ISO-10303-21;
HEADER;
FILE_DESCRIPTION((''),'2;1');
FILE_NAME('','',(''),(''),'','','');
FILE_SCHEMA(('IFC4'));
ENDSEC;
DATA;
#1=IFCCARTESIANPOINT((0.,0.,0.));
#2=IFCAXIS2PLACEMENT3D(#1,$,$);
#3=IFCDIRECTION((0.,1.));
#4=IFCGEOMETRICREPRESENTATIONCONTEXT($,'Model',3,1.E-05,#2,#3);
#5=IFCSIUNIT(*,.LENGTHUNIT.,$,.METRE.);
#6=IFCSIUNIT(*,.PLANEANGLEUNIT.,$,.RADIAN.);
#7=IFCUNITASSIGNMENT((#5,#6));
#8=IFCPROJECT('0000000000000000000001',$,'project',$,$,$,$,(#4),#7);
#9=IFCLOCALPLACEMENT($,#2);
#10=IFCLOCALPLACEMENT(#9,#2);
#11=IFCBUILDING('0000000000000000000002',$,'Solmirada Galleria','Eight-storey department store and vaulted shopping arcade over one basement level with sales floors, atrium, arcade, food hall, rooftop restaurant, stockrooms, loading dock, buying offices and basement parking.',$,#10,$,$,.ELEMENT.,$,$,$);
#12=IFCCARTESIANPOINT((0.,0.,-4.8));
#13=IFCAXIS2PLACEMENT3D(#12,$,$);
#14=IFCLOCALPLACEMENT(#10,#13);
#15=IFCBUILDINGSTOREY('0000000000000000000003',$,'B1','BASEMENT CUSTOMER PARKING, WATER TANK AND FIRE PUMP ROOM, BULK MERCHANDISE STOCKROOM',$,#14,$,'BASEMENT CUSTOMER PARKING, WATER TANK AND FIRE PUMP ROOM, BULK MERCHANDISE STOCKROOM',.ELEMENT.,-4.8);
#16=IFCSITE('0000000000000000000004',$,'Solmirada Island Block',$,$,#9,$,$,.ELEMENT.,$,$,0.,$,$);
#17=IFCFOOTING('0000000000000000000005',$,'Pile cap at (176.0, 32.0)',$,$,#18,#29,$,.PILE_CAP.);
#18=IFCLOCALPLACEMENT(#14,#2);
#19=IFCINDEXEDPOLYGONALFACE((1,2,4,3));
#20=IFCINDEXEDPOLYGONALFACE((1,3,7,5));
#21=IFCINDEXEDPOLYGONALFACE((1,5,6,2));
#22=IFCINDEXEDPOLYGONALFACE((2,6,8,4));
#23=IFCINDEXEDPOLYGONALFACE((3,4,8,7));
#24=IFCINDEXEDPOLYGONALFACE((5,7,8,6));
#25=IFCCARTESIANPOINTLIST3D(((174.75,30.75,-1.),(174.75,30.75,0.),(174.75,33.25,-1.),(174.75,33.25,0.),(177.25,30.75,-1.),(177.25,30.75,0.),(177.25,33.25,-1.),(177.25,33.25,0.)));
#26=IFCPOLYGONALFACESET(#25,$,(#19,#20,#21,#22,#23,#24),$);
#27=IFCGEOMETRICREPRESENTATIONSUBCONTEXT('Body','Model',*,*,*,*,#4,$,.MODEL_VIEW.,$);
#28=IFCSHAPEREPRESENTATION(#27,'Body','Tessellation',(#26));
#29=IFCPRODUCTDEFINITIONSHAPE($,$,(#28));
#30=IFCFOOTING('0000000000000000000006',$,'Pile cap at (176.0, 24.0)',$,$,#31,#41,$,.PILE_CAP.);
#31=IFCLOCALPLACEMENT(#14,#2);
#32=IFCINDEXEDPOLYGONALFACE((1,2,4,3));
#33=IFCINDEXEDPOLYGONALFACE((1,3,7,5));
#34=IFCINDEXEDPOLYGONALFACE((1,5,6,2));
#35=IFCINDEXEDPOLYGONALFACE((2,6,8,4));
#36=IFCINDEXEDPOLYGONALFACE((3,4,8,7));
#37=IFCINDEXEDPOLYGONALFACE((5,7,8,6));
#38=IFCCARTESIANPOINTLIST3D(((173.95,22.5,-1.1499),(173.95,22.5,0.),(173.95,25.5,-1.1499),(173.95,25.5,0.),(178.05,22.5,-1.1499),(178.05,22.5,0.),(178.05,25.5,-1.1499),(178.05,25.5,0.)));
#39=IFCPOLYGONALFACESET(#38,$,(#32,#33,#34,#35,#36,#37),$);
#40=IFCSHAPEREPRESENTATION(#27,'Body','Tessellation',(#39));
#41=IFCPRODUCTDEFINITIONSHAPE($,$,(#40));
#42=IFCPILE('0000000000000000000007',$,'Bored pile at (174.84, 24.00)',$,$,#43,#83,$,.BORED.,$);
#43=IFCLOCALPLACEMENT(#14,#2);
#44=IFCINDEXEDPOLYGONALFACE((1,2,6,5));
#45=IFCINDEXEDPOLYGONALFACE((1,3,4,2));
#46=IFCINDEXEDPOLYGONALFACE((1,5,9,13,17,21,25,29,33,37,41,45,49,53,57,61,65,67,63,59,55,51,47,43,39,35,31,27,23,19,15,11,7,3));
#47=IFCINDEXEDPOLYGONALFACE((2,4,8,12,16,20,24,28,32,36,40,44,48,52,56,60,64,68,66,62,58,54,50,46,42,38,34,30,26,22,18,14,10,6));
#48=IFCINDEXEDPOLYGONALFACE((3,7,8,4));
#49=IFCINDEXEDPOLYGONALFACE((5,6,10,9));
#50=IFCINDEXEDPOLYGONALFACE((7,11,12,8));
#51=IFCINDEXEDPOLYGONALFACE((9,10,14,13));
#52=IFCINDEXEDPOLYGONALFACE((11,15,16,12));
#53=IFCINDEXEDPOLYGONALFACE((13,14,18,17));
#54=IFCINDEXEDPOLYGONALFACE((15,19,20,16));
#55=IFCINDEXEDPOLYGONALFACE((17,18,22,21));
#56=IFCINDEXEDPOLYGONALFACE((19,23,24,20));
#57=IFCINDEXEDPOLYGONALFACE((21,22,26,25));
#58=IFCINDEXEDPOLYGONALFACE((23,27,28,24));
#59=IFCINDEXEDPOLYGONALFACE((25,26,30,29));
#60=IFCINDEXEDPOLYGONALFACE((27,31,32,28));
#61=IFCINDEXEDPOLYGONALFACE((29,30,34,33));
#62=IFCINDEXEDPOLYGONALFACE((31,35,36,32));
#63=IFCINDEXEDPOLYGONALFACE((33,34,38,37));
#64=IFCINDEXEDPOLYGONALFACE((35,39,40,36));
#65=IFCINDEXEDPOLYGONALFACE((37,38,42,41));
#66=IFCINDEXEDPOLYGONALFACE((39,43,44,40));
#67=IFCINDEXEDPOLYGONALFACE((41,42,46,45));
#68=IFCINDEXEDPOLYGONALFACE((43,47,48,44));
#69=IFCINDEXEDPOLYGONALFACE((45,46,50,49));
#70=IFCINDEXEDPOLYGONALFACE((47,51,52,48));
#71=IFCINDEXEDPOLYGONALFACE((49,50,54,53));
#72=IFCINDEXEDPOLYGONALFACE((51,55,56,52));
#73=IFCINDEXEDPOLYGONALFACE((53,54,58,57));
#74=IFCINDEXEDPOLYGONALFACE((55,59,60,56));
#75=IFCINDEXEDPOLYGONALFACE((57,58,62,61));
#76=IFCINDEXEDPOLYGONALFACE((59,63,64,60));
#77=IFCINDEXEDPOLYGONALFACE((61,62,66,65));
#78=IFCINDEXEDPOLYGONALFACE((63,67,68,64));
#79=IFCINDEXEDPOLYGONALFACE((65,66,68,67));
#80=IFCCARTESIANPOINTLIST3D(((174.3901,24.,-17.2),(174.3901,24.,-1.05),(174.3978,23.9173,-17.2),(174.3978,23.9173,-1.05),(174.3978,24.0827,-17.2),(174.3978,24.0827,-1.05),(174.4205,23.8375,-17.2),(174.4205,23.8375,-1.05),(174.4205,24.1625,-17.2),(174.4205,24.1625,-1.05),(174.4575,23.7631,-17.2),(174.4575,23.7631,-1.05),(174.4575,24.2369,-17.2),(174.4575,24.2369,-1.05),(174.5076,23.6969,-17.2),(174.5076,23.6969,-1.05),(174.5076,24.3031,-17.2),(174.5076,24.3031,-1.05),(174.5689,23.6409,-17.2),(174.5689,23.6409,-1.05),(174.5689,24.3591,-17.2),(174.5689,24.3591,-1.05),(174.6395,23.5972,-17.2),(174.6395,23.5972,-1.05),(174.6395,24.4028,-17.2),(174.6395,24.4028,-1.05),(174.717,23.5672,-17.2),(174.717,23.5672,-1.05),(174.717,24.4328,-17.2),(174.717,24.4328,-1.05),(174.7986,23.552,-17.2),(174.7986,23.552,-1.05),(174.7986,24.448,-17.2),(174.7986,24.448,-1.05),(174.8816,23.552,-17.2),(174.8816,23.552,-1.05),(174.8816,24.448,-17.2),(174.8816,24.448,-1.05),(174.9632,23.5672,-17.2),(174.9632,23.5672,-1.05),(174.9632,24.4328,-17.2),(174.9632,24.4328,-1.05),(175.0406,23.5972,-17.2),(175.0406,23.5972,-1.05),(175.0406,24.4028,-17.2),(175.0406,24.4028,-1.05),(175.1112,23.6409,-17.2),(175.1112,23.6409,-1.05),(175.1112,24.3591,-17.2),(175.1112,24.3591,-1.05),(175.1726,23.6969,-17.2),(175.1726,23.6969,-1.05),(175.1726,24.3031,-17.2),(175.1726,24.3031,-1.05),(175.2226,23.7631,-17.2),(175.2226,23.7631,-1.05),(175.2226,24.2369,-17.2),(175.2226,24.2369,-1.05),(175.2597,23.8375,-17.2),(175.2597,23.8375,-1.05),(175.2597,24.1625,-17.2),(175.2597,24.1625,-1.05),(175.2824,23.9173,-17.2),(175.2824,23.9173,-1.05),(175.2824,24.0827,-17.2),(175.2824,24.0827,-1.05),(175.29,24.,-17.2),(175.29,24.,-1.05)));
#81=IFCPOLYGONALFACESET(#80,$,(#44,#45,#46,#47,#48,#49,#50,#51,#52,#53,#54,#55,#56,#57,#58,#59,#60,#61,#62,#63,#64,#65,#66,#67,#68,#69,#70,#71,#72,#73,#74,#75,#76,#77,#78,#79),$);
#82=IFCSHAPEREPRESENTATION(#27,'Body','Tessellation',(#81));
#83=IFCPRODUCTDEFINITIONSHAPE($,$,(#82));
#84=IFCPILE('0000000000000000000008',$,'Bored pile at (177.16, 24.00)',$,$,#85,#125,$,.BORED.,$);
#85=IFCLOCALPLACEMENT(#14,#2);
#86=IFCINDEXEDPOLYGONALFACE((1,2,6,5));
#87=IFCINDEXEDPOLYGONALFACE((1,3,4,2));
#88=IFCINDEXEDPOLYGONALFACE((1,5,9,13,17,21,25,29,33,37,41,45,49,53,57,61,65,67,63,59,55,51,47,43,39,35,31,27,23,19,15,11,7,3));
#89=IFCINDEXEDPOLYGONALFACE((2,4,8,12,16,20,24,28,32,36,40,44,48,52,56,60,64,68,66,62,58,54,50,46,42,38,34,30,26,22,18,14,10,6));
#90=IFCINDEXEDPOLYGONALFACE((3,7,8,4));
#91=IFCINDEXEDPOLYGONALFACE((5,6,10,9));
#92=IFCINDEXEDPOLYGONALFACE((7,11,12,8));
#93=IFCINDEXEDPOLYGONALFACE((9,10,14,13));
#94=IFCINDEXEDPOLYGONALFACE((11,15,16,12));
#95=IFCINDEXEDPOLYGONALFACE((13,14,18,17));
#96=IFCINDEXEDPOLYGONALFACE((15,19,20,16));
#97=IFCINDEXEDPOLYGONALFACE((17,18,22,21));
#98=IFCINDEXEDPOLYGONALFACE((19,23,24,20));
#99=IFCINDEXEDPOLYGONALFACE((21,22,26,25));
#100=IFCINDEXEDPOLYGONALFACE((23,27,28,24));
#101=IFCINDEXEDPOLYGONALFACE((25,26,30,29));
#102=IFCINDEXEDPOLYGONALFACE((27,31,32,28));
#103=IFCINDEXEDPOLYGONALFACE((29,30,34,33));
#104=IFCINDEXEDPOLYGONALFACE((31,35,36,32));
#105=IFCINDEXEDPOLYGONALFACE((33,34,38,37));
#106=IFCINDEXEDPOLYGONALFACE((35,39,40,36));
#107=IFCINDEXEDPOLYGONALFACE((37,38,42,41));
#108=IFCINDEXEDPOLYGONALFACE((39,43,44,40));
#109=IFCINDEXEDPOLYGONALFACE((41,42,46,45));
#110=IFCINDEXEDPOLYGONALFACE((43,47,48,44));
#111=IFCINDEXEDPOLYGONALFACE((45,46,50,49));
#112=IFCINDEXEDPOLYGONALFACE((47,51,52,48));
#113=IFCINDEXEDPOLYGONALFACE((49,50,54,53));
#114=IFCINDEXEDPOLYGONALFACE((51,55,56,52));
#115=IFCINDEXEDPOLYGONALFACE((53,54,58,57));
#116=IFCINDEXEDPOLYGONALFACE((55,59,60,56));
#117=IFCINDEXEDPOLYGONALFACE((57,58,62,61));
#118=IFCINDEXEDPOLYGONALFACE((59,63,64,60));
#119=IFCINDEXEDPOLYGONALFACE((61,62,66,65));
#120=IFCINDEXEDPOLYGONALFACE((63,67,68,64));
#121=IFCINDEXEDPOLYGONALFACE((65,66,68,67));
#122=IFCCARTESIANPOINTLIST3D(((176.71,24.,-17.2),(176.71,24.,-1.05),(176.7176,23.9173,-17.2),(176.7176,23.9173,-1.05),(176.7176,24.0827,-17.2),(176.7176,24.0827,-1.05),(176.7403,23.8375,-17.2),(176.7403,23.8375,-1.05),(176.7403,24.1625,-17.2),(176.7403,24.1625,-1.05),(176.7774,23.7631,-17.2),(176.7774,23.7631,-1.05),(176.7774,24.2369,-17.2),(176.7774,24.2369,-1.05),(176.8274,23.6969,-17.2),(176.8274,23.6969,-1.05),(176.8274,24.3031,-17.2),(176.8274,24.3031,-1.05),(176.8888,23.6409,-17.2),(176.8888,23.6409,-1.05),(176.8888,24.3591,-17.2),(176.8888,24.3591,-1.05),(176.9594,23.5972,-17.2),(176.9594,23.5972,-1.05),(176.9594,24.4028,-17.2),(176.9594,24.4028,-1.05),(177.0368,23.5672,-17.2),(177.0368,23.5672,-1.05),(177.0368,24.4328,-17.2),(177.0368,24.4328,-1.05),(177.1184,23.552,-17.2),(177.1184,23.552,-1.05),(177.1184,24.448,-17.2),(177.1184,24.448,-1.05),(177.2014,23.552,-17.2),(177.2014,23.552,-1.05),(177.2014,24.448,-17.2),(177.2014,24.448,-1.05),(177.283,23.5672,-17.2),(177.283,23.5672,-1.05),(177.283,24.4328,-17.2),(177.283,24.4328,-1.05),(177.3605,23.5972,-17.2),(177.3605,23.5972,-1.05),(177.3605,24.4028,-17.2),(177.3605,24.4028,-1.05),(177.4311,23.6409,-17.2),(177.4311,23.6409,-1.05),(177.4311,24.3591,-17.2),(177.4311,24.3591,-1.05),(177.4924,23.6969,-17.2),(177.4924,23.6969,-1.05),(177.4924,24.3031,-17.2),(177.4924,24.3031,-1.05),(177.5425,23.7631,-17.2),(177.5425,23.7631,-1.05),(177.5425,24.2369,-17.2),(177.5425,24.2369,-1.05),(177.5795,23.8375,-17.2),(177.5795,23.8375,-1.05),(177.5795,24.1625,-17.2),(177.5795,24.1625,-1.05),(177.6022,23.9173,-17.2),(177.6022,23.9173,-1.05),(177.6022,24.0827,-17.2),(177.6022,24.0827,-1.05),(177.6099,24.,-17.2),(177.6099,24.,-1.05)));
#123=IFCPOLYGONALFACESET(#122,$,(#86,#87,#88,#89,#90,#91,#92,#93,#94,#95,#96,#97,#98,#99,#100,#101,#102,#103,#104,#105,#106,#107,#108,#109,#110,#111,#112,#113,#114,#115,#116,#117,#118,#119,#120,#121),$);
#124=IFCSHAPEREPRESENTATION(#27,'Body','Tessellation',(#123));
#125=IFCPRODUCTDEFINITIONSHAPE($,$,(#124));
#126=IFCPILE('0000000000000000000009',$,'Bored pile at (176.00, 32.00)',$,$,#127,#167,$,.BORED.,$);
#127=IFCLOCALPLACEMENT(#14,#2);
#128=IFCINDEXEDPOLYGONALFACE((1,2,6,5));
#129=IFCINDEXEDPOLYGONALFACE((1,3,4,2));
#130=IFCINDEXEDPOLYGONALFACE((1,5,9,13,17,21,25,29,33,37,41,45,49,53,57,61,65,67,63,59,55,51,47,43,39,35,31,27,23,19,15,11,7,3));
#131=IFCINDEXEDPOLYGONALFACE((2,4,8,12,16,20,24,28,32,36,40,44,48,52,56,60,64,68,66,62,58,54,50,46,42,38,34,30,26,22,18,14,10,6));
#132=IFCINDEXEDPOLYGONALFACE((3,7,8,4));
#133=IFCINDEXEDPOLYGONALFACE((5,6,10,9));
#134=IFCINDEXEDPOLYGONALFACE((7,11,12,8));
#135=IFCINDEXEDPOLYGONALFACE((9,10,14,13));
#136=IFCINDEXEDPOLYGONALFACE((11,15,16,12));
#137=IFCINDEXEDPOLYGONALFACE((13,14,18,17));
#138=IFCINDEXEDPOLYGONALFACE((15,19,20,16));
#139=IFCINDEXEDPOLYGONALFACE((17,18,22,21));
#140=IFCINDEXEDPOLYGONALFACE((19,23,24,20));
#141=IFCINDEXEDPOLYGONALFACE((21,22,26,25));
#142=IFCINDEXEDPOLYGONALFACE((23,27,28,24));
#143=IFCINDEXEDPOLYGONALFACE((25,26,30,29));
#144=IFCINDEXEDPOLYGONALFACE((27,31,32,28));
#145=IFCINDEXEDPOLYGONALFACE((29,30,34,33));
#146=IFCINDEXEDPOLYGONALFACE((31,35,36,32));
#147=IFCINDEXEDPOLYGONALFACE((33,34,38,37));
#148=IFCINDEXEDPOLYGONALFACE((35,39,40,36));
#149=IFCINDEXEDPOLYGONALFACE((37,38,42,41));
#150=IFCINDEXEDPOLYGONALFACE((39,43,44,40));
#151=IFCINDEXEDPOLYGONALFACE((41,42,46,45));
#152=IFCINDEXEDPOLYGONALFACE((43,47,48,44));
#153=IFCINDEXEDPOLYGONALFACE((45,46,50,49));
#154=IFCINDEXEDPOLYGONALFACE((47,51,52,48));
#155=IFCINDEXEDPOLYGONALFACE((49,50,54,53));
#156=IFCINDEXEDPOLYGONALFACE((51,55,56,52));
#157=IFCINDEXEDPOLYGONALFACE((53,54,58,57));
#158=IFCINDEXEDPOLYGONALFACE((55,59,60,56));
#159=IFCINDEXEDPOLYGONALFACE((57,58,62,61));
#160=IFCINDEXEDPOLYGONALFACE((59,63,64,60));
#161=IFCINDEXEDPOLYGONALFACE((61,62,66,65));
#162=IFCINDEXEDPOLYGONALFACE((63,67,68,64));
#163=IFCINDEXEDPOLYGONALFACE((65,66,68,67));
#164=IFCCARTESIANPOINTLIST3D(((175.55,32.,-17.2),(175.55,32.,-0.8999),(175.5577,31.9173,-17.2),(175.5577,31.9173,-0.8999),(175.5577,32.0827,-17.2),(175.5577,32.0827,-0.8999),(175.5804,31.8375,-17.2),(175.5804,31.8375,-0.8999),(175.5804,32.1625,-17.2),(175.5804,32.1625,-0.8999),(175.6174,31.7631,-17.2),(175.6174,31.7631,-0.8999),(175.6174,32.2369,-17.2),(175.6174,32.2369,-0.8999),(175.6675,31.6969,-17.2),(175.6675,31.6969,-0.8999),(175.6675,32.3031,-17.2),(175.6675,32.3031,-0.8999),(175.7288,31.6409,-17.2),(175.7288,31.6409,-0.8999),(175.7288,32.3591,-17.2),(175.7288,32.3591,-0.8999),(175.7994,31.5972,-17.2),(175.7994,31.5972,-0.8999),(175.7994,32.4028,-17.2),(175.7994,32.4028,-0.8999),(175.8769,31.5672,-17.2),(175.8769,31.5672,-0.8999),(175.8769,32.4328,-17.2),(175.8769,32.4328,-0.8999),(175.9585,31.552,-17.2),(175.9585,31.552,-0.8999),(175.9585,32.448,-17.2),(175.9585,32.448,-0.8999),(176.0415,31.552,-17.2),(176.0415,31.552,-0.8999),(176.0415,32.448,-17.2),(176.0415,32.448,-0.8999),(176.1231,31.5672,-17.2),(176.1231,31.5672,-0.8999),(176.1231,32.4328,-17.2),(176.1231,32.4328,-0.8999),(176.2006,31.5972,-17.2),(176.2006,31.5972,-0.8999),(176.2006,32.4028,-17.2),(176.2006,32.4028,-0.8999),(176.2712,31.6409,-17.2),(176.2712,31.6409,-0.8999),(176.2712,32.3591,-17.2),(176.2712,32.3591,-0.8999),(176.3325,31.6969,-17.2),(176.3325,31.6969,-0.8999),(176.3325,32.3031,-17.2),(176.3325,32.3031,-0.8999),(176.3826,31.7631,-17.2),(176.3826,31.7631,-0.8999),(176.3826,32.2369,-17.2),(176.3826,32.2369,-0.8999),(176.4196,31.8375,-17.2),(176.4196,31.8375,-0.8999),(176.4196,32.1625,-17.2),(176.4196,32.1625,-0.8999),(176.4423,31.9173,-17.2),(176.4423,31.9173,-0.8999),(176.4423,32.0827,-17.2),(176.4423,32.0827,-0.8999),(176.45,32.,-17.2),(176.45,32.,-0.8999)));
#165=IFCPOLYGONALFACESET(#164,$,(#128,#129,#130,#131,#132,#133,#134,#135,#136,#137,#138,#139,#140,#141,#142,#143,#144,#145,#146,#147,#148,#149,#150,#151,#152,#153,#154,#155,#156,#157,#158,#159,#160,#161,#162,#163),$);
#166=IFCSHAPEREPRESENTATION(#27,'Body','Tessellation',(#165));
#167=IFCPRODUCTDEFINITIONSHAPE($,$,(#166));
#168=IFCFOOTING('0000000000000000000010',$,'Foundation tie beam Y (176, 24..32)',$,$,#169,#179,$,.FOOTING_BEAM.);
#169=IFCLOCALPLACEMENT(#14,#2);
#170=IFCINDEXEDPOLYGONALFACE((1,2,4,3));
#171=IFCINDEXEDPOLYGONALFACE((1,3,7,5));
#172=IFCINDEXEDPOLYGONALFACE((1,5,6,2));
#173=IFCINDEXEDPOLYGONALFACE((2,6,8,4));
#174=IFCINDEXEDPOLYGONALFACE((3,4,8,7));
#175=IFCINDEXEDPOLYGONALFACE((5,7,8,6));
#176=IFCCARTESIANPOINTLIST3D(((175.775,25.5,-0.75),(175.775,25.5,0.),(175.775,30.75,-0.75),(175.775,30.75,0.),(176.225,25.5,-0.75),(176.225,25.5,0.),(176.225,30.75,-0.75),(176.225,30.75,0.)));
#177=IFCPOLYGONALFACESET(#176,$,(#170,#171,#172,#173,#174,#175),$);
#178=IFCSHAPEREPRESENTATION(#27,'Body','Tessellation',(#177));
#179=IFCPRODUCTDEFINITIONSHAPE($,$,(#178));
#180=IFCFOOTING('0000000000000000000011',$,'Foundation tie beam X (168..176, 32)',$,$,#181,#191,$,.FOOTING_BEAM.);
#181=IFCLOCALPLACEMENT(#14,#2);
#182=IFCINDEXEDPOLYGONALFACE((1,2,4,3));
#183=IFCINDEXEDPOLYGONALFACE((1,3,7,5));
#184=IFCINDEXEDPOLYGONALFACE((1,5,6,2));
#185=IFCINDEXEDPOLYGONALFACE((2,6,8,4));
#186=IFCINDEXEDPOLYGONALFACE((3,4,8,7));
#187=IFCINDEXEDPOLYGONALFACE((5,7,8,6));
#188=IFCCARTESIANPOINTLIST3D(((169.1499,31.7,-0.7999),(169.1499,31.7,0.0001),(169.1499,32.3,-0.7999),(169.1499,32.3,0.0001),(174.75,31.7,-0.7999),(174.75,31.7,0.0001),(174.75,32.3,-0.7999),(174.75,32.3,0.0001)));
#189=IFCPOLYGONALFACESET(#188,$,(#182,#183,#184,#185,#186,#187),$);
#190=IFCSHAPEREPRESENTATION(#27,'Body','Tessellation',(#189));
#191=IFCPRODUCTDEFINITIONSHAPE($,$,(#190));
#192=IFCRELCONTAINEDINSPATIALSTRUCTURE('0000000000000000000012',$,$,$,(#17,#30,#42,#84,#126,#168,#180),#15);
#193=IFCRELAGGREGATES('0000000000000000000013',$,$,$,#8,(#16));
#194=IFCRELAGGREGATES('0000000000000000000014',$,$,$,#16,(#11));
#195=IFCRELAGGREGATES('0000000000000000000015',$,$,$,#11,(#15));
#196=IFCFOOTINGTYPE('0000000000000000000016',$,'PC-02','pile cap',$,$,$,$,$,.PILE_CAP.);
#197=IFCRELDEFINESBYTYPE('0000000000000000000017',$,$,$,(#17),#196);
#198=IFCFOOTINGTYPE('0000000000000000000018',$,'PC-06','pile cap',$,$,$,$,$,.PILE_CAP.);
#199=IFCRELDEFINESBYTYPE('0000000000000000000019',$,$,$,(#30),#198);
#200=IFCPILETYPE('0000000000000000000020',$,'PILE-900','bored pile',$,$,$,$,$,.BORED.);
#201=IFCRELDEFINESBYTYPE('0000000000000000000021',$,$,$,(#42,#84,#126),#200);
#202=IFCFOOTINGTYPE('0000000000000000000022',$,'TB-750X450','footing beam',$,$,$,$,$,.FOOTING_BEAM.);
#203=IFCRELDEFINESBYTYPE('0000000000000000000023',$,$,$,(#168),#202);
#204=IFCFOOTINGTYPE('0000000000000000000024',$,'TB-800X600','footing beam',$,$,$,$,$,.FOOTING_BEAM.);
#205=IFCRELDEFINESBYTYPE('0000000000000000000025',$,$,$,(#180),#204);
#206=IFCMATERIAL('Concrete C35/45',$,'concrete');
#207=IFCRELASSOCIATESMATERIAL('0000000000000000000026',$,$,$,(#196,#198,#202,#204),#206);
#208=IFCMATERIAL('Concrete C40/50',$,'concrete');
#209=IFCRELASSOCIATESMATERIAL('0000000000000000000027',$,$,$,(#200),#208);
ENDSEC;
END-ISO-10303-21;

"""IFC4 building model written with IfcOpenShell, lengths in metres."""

from ifc_helpers import new_model, si_unit, direction, frame, origin, origin_2d, place, context, subcontext, project, spatial, rectangle, circle, extrude, material, material_profile, profile_set, type_object, element, save


model = new_model("IFC4")

# Units and contexts
model_context = context("Model", 3, precision=1e-05, world=origin(), true_north=direction((0.0, 1.0)))
body_context = subcontext(model_context, "Body", "Model", "MODEL_VIEW")
ifc_project = project(units=[si_unit("LENGTHUNIT", "METRE"), si_unit("PLANEANGLEUNIT", "RADIAN")], contexts=[model_context])

# Site, building, storey
site_placement = place(None, origin())
site = spatial("IfcSite", under=ifc_project, at=site_placement, Name="Solmirada Island Block", CompositionType="ELEMENT", RefElevation=0.0)
building_placement = place(site_placement, origin())
building = spatial("IfcBuilding", under=site, at=building_placement, Name="Solmirada Galleria", Description="Eight-storey department store and vaulted shopping arcade over one basement level with sales floors, atrium, arcade, food hall, rooftop restaurant, stockrooms, loading dock, buying offices and basement parking.", CompositionType="ELEMENT")
storey_placement = place(building_placement, frame((0.0, 0.0, -4.8)))
storey = spatial("IfcBuildingStorey", under=building, at=storey_placement, Name="B1", Description="BASEMENT CUSTOMER PARKING, WATER TANK AND FIRE PUMP ROOM, BULK MERCHANDISE STOCKROOM", LongName="BASEMENT CUSTOMER PARKING, WATER TANK AND FIRE PUMP ROOM, BULK MERCHANDISE STOCKROOM", CompositionType="ELEMENT", Elevation=-4.8)

# Footings
ifc_material_1 = material(Name="Concrete C35/45", Category="concrete")
footing_type_1 = type_object("IfcFootingType", Name="PC-02", Description="pile cap", PredefinedType="PILE_CAP", material=ifc_material_1)
footing_1_placement = place(storey_placement, frame((176.0, 32.0, -1.0), z_axis=(0.0, 0.0, 1.0), x_axis=(1.0, 0.0, 0.0)))
element("IfcFooting", 1, at=footing_1_placement, inside=storey, type_object=footing_type_1, Name="Pile cap at (176.0, 32.0)", PredefinedType="PILE_CAP", context=body_context, shape_type="SweptSolid", body=[
    extrude(rectangle(XDim=2.5, YDim=2.5, at=origin_2d()), origin(), (0.0, 0.0, 1.0), 1.0),
])
footing_type_2 = type_object("IfcFootingType", Name="PC-06", Description="pile cap", PredefinedType="PILE_CAP", material=ifc_material_1)
footing_2_placement = place(storey_placement, frame((176.0, 24.0, -1.1499), z_axis=(0.0, 0.0, 1.0), x_axis=(1.0, 0.0, 0.0)))
element("IfcFooting", 2, at=footing_2_placement, inside=storey, type_object=footing_type_2, Name="Pile cap at (176.0, 24.0)", PredefinedType="PILE_CAP", context=body_context, shape_type="SweptSolid", body=[
    extrude(rectangle(XDim=4.1001, YDim=3.0, at=origin_2d()), origin(), (0.0, 0.0, 1.0), 1.1499),
])

# Piles
ifc_material_2 = material(Name="Concrete C40/50", Category="concrete")
ifc_material_profile_1 = material_profile(ifc_material_2, circle(Radius=0.45, at=origin_2d()), Name="PILE900")
ifc_profile_set_1 = profile_set([ifc_material_profile_1], Name="Concrete C40/50")
pile_type = type_object("IfcPileType", Name="PILE-900", Description="bored pile", PredefinedType="BORED", material=ifc_profile_set_1)
for number, where, z_axis, x_axis, name in (
    (3, (174.8401, 24.0, -1.05), (0.0, 0.0, -1.0), (1.0, 0.0, 0.0), "Bored pile at (174.84, 24.00)"),
    (4, (177.1599, 24.0, -1.05), (0.0, 0.0, -1.0), (1.0, 0.0, 0.0), "Bored pile at (177.16, 24.00)"),
):
    element("IfcPile", number, at=place(storey_placement, frame(where, z_axis=z_axis, x_axis=x_axis)), inside=storey, type_object=pile_type, Name=name, PredefinedType="BORED", context=body_context, shape_type="SweptSolid", body=[
        extrude(circle(Radius=0.45, at=origin_2d()), origin(), (0.0, 0.0, 1.0), 16.1499),
    ])
pile_placement = place(storey_placement, frame((176.0, 32.0, -0.8999), z_axis=(0.0, 0.0, -1.0), x_axis=(1.0, 0.0, 0.0)))
element("IfcPile", 5, at=pile_placement, inside=storey, type_object=pile_type, Name="Bored pile at (176.00, 32.00)", PredefinedType="BORED", context=body_context, shape_type="SweptSolid", body=[
    extrude(circle(Radius=0.45, at=origin_2d()), origin(), (0.0, 0.0, 1.0), 16.3),
])

# Footings
ifc_material_profile_2 = material_profile(ifc_material_1, rectangle(XDim=0.45, YDim=0.75, at=origin_2d()), Name="RC750X450")
ifc_profile_set_2 = profile_set([ifc_material_profile_2], Name="Concrete C35/45")
footing_type_3 = type_object("IfcFootingType", Name="TB-750X450", Description="footing beam", PredefinedType="FOOTING_BEAM", material=ifc_profile_set_2)
footing_3_placement = place(storey_placement, frame((176.0, 25.5, -0.375), z_axis=(0.0, 1.0, 0.0), x_axis=(-1.0, 0.0, 0.0)))
element("IfcFooting", 6, at=footing_3_placement, inside=storey, type_object=footing_type_3, Name="Foundation tie beam Y (176, 24..32)", PredefinedType="FOOTING_BEAM", context=body_context, shape_type="SweptSolid", body=[
    extrude(rectangle(XDim=0.45, YDim=0.75, at=origin_2d()), origin(), (0.0, 0.0, 1.0), 5.25),
])
ifc_material_profile_3 = material_profile(ifc_material_1, rectangle(XDim=0.6001, YDim=0.8, at=origin_2d()), Name="RC800X600")
ifc_profile_set_3 = profile_set([ifc_material_profile_3], Name="Concrete C35/45")
footing_type_4 = type_object("IfcFootingType", Name="TB-800X600", Description="footing beam", PredefinedType="FOOTING_BEAM", material=ifc_profile_set_3)
footing_4_placement = place(storey_placement, frame((169.1499, 32.0, -0.3999), z_axis=(1.0, 0.0, 0.0), x_axis=(0.0, 1.0, 0.0)))
element("IfcFooting", 7, at=footing_4_placement, inside=storey, type_object=footing_type_4, Name="Foundation tie beam X (168..176, 32)", PredefinedType="FOOTING_BEAM", context=body_context, shape_type="SweptSolid", body=[
    extrude(rectangle(XDim=0.6001, YDim=0.8, at=origin_2d()), origin(), (0.0, 0.0, 1.0), 5.6001),
])

save(model, "model.ifc")
